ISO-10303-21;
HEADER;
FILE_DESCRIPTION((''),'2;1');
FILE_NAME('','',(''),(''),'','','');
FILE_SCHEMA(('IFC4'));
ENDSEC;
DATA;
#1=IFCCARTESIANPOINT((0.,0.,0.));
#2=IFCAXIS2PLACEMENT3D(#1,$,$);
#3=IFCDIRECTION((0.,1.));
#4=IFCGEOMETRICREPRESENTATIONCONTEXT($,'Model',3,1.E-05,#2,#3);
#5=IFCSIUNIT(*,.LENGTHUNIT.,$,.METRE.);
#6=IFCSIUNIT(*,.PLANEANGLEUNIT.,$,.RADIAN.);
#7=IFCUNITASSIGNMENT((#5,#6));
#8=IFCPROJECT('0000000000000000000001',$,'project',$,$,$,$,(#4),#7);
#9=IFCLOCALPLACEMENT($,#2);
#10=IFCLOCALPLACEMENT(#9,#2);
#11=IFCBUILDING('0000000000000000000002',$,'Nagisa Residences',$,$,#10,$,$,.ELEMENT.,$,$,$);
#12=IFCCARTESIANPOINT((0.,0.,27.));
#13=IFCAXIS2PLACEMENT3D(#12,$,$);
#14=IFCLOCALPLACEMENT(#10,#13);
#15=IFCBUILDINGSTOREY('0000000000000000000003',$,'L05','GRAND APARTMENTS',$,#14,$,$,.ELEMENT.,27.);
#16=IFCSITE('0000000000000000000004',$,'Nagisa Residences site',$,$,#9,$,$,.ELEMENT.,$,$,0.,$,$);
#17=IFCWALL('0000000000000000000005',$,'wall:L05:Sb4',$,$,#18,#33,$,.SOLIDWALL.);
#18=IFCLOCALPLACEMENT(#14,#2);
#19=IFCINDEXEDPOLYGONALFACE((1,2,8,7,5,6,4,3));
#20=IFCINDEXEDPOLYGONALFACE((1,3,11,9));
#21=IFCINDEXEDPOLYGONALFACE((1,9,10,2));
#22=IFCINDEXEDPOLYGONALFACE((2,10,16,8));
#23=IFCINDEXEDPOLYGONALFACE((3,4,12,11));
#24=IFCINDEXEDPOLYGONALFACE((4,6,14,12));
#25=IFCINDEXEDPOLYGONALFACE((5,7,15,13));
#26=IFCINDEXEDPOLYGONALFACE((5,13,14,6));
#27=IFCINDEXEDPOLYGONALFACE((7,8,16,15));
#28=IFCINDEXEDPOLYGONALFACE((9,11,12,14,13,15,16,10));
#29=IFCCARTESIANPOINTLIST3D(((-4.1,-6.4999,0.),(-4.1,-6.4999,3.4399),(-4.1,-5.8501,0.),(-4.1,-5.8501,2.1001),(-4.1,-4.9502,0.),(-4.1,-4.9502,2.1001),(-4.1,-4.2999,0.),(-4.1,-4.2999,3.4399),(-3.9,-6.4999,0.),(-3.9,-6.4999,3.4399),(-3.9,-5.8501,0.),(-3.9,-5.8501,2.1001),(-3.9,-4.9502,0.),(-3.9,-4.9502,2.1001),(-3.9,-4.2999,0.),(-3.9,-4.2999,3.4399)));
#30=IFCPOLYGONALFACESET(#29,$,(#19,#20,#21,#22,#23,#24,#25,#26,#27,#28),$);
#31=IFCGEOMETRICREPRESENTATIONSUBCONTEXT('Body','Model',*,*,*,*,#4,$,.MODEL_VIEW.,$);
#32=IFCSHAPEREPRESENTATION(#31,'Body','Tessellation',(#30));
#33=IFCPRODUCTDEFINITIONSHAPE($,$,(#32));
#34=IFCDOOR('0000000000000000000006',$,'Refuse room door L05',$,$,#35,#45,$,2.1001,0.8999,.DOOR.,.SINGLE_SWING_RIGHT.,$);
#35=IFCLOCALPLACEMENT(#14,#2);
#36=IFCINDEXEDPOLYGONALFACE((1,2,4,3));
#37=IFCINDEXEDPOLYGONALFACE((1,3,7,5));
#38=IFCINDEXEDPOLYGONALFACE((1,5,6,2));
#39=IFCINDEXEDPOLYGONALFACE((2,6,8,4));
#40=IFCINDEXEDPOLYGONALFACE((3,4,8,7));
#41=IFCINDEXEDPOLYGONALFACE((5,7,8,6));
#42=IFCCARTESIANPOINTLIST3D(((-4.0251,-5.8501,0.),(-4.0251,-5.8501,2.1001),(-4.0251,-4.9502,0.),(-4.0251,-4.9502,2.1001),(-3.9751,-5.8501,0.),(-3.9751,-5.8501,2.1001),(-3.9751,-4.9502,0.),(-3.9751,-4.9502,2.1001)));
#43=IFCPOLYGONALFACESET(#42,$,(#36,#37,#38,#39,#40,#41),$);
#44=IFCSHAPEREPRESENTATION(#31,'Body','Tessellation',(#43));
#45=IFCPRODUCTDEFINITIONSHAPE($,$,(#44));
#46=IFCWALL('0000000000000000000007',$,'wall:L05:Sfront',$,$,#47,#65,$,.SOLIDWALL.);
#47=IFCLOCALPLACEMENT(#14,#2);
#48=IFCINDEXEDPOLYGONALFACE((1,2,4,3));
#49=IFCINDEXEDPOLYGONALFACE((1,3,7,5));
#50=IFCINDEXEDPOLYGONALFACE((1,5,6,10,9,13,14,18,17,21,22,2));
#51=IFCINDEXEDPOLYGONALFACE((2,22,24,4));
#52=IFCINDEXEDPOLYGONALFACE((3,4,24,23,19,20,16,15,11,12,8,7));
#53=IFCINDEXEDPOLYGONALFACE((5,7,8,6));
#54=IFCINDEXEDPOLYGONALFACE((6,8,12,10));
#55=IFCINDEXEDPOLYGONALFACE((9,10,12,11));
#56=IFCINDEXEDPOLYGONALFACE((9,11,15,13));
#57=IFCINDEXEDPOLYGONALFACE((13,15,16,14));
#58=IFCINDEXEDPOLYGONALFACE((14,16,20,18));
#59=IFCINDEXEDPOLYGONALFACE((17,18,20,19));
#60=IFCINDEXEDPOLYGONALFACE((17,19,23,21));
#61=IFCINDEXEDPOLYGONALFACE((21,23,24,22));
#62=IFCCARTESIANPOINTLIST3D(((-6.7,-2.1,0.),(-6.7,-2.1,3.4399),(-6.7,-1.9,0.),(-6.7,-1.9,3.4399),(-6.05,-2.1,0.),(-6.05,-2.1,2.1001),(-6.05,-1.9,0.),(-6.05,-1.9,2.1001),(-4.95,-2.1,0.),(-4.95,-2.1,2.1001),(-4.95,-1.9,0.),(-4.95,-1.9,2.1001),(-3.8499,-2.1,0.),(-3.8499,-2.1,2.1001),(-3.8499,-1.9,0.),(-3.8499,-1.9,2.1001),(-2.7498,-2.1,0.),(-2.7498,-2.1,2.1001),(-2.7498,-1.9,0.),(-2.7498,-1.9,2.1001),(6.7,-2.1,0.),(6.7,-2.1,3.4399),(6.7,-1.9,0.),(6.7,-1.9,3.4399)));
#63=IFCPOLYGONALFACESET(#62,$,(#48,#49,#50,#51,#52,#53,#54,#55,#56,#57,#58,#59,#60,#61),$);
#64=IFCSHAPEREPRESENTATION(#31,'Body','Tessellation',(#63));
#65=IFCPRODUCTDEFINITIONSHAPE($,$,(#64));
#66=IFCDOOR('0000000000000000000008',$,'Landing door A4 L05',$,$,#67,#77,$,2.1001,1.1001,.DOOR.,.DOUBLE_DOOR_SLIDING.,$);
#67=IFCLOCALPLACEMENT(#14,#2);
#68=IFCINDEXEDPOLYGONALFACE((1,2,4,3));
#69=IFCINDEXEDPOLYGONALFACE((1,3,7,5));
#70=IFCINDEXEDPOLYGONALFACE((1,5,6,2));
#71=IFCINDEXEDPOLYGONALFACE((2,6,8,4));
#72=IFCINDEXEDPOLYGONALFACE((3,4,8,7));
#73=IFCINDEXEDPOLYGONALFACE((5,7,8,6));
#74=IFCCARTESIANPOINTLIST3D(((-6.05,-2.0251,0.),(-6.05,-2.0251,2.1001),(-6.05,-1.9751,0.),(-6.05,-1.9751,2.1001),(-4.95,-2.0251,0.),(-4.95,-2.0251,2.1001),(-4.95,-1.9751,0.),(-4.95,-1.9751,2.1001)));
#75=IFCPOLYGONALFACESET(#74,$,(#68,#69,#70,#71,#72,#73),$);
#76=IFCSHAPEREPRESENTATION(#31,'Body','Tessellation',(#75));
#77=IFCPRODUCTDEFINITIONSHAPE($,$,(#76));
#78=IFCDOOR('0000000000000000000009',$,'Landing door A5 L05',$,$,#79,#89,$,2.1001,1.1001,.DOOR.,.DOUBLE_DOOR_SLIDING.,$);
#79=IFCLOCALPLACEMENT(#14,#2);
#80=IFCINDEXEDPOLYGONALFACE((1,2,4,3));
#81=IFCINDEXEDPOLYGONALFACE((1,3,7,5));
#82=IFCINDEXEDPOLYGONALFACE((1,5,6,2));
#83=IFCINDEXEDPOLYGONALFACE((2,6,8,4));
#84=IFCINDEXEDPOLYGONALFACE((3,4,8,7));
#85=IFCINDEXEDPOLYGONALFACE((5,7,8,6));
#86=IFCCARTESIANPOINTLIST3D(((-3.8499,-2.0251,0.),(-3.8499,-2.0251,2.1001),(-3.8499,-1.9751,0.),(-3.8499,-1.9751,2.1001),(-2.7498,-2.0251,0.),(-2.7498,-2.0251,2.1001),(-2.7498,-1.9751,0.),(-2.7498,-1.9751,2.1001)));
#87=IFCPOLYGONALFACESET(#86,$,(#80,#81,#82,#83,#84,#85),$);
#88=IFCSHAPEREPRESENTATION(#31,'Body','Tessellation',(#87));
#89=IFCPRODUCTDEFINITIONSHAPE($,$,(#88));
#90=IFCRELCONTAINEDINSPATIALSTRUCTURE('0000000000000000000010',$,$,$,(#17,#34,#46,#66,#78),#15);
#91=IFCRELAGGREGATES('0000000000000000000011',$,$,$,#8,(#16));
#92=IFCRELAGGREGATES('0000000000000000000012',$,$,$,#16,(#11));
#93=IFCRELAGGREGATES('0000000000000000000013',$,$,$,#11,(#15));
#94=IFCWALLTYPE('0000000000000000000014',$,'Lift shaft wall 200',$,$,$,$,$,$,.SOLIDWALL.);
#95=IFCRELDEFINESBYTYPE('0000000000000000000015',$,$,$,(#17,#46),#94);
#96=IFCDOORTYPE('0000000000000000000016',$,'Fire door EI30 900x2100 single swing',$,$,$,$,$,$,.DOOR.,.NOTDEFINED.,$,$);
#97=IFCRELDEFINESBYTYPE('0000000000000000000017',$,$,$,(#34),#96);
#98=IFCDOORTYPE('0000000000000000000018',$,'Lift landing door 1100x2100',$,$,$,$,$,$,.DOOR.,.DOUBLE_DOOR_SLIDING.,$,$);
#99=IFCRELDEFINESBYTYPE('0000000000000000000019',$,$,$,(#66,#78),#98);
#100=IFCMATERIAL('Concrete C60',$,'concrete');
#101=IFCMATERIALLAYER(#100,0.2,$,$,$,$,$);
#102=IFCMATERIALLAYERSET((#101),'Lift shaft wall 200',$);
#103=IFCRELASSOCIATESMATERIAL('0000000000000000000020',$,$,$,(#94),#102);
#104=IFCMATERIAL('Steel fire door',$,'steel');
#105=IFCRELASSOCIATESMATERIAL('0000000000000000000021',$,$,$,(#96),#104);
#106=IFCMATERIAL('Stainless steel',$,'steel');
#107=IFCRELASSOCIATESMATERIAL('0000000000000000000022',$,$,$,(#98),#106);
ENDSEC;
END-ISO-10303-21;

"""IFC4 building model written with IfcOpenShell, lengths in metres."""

from ifc_helpers import new_model, si_unit, direction, frame, frame_2d, origin, place, context, subcontext, project, spatial, rectangle, extrude, material, layer, layer_set, type_object, element, fill, save


model = new_model("IFC4")

# Units and contexts
model_context = context("Model", 3, precision=1e-05, world=origin(), true_north=direction((0.0, 1.0)))
body_context = subcontext(model_context, "Body", "Model", "MODEL_VIEW")
ifc_project = project(units=[si_unit("LENGTHUNIT", "METRE"), si_unit("PLANEANGLEUNIT", "RADIAN")], contexts=[model_context])

# Site, building, storey
site_placement = place(None, origin())
site = spatial("IfcSite", under=ifc_project, at=site_placement, Name="Nagisa Residences site", CompositionType="ELEMENT", RefElevation=0.0)
building_placement = place(site_placement, origin())
building = spatial("IfcBuilding", under=site, at=building_placement, Name="Nagisa Residences", CompositionType="ELEMENT")
storey_placement = place(building_placement, frame((0.0, 0.0, 27.0)))
storey = spatial("IfcBuildingStorey", under=building, at=storey_placement, Name="L05", Description="GRAND APARTMENTS", CompositionType="ELEMENT", Elevation=27.0)

# Wall, opening, door
ifc_material_1 = material(Name="Concrete C60", Category="concrete")
ifc_layer_1 = layer(ifc_material_1, 0.2)
ifc_layer_set_1 = layer_set([ifc_layer_1], Name="Lift shaft wall 200")
wall_type_1 = type_object("IfcWallType", Name="Lift shaft wall 200", PredefinedType="SOLIDWALL", material=ifc_layer_set_1)
wall_1_placement = place(storey_placement, frame((-4.0, -6.5, 0.0), z_axis=(0.0, 0.0, 1.0), x_axis=(0.0, 1.0, 0.0)))
wall_1 = element("IfcWall", 1, at=wall_1_placement, inside=storey, type_object=wall_type_1, Name="wall:L05:Sb4", PredefinedType="SOLIDWALL", context=body_context, shape_type="SweptSolid", body=[
    extrude(rectangle(XDim=2.2, YDim=0.2, at=frame_2d((1.1001, 0.0))), origin(), (0.0, 0.0, 1.0), 3.4399),
])
opening_1_placement = place(wall_1_placement, frame((0.6499, 0.0, 0.0)))
opening_1 = element("IfcOpeningElement", 2, at=opening_1_placement, cuts=wall_1, PredefinedType="OPENING", context=body_context, shape_type="SweptSolid", body=[
    extrude(rectangle(XDim=0.8999, YDim=2.1001, at=frame_2d((0.45, 1.05))), frame((0.0, 0.1099, 0.0), z_axis=(0.0, -1.0, 0.0), x_axis=(1.0, 0.0, 0.0)), (0.0, 0.0, 1.0), 0.22),
])
ifc_material_2 = material(Name="Steel fire door", Category="steel")
door_type_1 = type_object("IfcDoorType", Name="Fire door EI30 900x2100 single swing", OperationType="NOTDEFINED", PredefinedType="DOOR", material=ifc_material_2)
door_1_placement = place(opening_1_placement, frame((0.8999, 0.0, 0.0), x_axis=(-1.0, 0.0, 0.0)))
door_1 = element("IfcDoor", 3, at=door_1_placement, inside=storey, type_object=door_type_1, Name="Refuse room door L05", OperationType="SINGLE_SWING_RIGHT", OverallHeight=2.1001, OverallWidth=0.8999, PredefinedType="DOOR", context=body_context, shape_type="SweptSolid", body=[
    extrude(rectangle(XDim=0.8999, YDim=2.1001, at=frame_2d((0.45, 1.05))), frame((0.0, 0.0249, 0.0), z_axis=(0.0, -1.0, 0.0), x_axis=(1.0, 0.0, 0.0)), (0.0, 0.0, 1.0), 0.05),
])
fill(opening_1, door_1)

# Wall, openings, doors
wall_2_placement = place(storey_placement, frame((-6.7, -2.0, 0.0), z_axis=(0.0, 0.0, 1.0), x_axis=(1.0, 0.0, 0.0)))
wall_2 = element("IfcWall", 4, at=wall_2_placement, inside=storey, type_object=wall_type_1, Name="wall:L05:Sfront", PredefinedType="SOLIDWALL", context=body_context, shape_type="SweptSolid", body=[
    extrude(rectangle(XDim=13.3999, YDim=0.2, at=frame_2d((6.7, 0.0))), origin(), (0.0, 0.0, 1.0), 3.4399),
])
opening_2_placement = place(wall_2_placement, frame((0.6499, 0.0, 0.0)))
opening_2 = element("IfcOpeningElement", 5, at=opening_2_placement, cuts=wall_2, PredefinedType="OPENING", context=body_context, shape_type="SweptSolid", body=[
    extrude(rectangle(XDim=1.1001, YDim=2.1001, at=frame_2d((0.55, 1.05))), frame((0.0, 0.1099, 0.0), z_axis=(0.0, -1.0, 0.0), x_axis=(1.0, 0.0, 0.0)), (0.0, 0.0, 1.0), 0.22),
])
opening_3_placement = place(wall_2_placement, frame((2.8501, 0.0, 0.0)))
opening_3 = element("IfcOpeningElement", 6, at=opening_3_placement, cuts=wall_2, PredefinedType="OPENING", context=body_context, shape_type="SweptSolid", body=[
    extrude(rectangle(XDim=1.1001, YDim=2.1001, at=frame_2d((0.55, 1.05))), frame((0.0, 0.1099, 0.0), z_axis=(0.0, -1.0, 0.0), x_axis=(1.0, 0.0, 0.0)), (0.0, 0.0, 1.0), 0.22),
])
ifc_material_3 = material(Name="Stainless steel", Category="steel")
door_type_2 = type_object("IfcDoorType", Name="Lift landing door 1100x2100", OperationType="DOUBLE_DOOR_SLIDING", PredefinedType="DOOR", material=ifc_material_3)
door_2_placement = place(opening_2_placement, origin())
door_2 = element("IfcDoor", 7, at=door_2_placement, inside=storey, type_object=door_type_2, Name="Landing door A4 L05", OperationType="DOUBLE_DOOR_SLIDING", OverallHeight=2.1001, OverallWidth=1.1001, PredefinedType="DOOR", context=body_context, shape_type="SweptSolid", body=[
    extrude(rectangle(XDim=1.1001, YDim=2.1001, at=frame_2d((0.55, 1.05))), frame((0.0, 0.0249, 0.0), z_axis=(0.0, -1.0, 0.0), x_axis=(1.0, 0.0, 0.0)), (0.0, 0.0, 1.0), 0.05),
])
fill(opening_2, door_2)
door_3_placement = place(opening_3_placement, origin())
door_3 = element("IfcDoor", 8, at=door_3_placement, inside=storey, type_object=door_type_2, Name="Landing door A5 L05", OperationType="DOUBLE_DOOR_SLIDING", OverallHeight=2.1001, OverallWidth=1.1001, PredefinedType="DOOR", context=body_context, shape_type="SweptSolid", body=[
    extrude(rectangle(XDim=1.1001, YDim=2.1001, at=frame_2d((0.55, 1.05))), frame((0.0, 0.0249, 0.0), z_axis=(0.0, -1.0, 0.0), x_axis=(1.0, 0.0, 0.0)), (0.0, 0.0, 1.0), 0.05),
])
fill(opening_3, door_3)

save(model, "model.ifc")
